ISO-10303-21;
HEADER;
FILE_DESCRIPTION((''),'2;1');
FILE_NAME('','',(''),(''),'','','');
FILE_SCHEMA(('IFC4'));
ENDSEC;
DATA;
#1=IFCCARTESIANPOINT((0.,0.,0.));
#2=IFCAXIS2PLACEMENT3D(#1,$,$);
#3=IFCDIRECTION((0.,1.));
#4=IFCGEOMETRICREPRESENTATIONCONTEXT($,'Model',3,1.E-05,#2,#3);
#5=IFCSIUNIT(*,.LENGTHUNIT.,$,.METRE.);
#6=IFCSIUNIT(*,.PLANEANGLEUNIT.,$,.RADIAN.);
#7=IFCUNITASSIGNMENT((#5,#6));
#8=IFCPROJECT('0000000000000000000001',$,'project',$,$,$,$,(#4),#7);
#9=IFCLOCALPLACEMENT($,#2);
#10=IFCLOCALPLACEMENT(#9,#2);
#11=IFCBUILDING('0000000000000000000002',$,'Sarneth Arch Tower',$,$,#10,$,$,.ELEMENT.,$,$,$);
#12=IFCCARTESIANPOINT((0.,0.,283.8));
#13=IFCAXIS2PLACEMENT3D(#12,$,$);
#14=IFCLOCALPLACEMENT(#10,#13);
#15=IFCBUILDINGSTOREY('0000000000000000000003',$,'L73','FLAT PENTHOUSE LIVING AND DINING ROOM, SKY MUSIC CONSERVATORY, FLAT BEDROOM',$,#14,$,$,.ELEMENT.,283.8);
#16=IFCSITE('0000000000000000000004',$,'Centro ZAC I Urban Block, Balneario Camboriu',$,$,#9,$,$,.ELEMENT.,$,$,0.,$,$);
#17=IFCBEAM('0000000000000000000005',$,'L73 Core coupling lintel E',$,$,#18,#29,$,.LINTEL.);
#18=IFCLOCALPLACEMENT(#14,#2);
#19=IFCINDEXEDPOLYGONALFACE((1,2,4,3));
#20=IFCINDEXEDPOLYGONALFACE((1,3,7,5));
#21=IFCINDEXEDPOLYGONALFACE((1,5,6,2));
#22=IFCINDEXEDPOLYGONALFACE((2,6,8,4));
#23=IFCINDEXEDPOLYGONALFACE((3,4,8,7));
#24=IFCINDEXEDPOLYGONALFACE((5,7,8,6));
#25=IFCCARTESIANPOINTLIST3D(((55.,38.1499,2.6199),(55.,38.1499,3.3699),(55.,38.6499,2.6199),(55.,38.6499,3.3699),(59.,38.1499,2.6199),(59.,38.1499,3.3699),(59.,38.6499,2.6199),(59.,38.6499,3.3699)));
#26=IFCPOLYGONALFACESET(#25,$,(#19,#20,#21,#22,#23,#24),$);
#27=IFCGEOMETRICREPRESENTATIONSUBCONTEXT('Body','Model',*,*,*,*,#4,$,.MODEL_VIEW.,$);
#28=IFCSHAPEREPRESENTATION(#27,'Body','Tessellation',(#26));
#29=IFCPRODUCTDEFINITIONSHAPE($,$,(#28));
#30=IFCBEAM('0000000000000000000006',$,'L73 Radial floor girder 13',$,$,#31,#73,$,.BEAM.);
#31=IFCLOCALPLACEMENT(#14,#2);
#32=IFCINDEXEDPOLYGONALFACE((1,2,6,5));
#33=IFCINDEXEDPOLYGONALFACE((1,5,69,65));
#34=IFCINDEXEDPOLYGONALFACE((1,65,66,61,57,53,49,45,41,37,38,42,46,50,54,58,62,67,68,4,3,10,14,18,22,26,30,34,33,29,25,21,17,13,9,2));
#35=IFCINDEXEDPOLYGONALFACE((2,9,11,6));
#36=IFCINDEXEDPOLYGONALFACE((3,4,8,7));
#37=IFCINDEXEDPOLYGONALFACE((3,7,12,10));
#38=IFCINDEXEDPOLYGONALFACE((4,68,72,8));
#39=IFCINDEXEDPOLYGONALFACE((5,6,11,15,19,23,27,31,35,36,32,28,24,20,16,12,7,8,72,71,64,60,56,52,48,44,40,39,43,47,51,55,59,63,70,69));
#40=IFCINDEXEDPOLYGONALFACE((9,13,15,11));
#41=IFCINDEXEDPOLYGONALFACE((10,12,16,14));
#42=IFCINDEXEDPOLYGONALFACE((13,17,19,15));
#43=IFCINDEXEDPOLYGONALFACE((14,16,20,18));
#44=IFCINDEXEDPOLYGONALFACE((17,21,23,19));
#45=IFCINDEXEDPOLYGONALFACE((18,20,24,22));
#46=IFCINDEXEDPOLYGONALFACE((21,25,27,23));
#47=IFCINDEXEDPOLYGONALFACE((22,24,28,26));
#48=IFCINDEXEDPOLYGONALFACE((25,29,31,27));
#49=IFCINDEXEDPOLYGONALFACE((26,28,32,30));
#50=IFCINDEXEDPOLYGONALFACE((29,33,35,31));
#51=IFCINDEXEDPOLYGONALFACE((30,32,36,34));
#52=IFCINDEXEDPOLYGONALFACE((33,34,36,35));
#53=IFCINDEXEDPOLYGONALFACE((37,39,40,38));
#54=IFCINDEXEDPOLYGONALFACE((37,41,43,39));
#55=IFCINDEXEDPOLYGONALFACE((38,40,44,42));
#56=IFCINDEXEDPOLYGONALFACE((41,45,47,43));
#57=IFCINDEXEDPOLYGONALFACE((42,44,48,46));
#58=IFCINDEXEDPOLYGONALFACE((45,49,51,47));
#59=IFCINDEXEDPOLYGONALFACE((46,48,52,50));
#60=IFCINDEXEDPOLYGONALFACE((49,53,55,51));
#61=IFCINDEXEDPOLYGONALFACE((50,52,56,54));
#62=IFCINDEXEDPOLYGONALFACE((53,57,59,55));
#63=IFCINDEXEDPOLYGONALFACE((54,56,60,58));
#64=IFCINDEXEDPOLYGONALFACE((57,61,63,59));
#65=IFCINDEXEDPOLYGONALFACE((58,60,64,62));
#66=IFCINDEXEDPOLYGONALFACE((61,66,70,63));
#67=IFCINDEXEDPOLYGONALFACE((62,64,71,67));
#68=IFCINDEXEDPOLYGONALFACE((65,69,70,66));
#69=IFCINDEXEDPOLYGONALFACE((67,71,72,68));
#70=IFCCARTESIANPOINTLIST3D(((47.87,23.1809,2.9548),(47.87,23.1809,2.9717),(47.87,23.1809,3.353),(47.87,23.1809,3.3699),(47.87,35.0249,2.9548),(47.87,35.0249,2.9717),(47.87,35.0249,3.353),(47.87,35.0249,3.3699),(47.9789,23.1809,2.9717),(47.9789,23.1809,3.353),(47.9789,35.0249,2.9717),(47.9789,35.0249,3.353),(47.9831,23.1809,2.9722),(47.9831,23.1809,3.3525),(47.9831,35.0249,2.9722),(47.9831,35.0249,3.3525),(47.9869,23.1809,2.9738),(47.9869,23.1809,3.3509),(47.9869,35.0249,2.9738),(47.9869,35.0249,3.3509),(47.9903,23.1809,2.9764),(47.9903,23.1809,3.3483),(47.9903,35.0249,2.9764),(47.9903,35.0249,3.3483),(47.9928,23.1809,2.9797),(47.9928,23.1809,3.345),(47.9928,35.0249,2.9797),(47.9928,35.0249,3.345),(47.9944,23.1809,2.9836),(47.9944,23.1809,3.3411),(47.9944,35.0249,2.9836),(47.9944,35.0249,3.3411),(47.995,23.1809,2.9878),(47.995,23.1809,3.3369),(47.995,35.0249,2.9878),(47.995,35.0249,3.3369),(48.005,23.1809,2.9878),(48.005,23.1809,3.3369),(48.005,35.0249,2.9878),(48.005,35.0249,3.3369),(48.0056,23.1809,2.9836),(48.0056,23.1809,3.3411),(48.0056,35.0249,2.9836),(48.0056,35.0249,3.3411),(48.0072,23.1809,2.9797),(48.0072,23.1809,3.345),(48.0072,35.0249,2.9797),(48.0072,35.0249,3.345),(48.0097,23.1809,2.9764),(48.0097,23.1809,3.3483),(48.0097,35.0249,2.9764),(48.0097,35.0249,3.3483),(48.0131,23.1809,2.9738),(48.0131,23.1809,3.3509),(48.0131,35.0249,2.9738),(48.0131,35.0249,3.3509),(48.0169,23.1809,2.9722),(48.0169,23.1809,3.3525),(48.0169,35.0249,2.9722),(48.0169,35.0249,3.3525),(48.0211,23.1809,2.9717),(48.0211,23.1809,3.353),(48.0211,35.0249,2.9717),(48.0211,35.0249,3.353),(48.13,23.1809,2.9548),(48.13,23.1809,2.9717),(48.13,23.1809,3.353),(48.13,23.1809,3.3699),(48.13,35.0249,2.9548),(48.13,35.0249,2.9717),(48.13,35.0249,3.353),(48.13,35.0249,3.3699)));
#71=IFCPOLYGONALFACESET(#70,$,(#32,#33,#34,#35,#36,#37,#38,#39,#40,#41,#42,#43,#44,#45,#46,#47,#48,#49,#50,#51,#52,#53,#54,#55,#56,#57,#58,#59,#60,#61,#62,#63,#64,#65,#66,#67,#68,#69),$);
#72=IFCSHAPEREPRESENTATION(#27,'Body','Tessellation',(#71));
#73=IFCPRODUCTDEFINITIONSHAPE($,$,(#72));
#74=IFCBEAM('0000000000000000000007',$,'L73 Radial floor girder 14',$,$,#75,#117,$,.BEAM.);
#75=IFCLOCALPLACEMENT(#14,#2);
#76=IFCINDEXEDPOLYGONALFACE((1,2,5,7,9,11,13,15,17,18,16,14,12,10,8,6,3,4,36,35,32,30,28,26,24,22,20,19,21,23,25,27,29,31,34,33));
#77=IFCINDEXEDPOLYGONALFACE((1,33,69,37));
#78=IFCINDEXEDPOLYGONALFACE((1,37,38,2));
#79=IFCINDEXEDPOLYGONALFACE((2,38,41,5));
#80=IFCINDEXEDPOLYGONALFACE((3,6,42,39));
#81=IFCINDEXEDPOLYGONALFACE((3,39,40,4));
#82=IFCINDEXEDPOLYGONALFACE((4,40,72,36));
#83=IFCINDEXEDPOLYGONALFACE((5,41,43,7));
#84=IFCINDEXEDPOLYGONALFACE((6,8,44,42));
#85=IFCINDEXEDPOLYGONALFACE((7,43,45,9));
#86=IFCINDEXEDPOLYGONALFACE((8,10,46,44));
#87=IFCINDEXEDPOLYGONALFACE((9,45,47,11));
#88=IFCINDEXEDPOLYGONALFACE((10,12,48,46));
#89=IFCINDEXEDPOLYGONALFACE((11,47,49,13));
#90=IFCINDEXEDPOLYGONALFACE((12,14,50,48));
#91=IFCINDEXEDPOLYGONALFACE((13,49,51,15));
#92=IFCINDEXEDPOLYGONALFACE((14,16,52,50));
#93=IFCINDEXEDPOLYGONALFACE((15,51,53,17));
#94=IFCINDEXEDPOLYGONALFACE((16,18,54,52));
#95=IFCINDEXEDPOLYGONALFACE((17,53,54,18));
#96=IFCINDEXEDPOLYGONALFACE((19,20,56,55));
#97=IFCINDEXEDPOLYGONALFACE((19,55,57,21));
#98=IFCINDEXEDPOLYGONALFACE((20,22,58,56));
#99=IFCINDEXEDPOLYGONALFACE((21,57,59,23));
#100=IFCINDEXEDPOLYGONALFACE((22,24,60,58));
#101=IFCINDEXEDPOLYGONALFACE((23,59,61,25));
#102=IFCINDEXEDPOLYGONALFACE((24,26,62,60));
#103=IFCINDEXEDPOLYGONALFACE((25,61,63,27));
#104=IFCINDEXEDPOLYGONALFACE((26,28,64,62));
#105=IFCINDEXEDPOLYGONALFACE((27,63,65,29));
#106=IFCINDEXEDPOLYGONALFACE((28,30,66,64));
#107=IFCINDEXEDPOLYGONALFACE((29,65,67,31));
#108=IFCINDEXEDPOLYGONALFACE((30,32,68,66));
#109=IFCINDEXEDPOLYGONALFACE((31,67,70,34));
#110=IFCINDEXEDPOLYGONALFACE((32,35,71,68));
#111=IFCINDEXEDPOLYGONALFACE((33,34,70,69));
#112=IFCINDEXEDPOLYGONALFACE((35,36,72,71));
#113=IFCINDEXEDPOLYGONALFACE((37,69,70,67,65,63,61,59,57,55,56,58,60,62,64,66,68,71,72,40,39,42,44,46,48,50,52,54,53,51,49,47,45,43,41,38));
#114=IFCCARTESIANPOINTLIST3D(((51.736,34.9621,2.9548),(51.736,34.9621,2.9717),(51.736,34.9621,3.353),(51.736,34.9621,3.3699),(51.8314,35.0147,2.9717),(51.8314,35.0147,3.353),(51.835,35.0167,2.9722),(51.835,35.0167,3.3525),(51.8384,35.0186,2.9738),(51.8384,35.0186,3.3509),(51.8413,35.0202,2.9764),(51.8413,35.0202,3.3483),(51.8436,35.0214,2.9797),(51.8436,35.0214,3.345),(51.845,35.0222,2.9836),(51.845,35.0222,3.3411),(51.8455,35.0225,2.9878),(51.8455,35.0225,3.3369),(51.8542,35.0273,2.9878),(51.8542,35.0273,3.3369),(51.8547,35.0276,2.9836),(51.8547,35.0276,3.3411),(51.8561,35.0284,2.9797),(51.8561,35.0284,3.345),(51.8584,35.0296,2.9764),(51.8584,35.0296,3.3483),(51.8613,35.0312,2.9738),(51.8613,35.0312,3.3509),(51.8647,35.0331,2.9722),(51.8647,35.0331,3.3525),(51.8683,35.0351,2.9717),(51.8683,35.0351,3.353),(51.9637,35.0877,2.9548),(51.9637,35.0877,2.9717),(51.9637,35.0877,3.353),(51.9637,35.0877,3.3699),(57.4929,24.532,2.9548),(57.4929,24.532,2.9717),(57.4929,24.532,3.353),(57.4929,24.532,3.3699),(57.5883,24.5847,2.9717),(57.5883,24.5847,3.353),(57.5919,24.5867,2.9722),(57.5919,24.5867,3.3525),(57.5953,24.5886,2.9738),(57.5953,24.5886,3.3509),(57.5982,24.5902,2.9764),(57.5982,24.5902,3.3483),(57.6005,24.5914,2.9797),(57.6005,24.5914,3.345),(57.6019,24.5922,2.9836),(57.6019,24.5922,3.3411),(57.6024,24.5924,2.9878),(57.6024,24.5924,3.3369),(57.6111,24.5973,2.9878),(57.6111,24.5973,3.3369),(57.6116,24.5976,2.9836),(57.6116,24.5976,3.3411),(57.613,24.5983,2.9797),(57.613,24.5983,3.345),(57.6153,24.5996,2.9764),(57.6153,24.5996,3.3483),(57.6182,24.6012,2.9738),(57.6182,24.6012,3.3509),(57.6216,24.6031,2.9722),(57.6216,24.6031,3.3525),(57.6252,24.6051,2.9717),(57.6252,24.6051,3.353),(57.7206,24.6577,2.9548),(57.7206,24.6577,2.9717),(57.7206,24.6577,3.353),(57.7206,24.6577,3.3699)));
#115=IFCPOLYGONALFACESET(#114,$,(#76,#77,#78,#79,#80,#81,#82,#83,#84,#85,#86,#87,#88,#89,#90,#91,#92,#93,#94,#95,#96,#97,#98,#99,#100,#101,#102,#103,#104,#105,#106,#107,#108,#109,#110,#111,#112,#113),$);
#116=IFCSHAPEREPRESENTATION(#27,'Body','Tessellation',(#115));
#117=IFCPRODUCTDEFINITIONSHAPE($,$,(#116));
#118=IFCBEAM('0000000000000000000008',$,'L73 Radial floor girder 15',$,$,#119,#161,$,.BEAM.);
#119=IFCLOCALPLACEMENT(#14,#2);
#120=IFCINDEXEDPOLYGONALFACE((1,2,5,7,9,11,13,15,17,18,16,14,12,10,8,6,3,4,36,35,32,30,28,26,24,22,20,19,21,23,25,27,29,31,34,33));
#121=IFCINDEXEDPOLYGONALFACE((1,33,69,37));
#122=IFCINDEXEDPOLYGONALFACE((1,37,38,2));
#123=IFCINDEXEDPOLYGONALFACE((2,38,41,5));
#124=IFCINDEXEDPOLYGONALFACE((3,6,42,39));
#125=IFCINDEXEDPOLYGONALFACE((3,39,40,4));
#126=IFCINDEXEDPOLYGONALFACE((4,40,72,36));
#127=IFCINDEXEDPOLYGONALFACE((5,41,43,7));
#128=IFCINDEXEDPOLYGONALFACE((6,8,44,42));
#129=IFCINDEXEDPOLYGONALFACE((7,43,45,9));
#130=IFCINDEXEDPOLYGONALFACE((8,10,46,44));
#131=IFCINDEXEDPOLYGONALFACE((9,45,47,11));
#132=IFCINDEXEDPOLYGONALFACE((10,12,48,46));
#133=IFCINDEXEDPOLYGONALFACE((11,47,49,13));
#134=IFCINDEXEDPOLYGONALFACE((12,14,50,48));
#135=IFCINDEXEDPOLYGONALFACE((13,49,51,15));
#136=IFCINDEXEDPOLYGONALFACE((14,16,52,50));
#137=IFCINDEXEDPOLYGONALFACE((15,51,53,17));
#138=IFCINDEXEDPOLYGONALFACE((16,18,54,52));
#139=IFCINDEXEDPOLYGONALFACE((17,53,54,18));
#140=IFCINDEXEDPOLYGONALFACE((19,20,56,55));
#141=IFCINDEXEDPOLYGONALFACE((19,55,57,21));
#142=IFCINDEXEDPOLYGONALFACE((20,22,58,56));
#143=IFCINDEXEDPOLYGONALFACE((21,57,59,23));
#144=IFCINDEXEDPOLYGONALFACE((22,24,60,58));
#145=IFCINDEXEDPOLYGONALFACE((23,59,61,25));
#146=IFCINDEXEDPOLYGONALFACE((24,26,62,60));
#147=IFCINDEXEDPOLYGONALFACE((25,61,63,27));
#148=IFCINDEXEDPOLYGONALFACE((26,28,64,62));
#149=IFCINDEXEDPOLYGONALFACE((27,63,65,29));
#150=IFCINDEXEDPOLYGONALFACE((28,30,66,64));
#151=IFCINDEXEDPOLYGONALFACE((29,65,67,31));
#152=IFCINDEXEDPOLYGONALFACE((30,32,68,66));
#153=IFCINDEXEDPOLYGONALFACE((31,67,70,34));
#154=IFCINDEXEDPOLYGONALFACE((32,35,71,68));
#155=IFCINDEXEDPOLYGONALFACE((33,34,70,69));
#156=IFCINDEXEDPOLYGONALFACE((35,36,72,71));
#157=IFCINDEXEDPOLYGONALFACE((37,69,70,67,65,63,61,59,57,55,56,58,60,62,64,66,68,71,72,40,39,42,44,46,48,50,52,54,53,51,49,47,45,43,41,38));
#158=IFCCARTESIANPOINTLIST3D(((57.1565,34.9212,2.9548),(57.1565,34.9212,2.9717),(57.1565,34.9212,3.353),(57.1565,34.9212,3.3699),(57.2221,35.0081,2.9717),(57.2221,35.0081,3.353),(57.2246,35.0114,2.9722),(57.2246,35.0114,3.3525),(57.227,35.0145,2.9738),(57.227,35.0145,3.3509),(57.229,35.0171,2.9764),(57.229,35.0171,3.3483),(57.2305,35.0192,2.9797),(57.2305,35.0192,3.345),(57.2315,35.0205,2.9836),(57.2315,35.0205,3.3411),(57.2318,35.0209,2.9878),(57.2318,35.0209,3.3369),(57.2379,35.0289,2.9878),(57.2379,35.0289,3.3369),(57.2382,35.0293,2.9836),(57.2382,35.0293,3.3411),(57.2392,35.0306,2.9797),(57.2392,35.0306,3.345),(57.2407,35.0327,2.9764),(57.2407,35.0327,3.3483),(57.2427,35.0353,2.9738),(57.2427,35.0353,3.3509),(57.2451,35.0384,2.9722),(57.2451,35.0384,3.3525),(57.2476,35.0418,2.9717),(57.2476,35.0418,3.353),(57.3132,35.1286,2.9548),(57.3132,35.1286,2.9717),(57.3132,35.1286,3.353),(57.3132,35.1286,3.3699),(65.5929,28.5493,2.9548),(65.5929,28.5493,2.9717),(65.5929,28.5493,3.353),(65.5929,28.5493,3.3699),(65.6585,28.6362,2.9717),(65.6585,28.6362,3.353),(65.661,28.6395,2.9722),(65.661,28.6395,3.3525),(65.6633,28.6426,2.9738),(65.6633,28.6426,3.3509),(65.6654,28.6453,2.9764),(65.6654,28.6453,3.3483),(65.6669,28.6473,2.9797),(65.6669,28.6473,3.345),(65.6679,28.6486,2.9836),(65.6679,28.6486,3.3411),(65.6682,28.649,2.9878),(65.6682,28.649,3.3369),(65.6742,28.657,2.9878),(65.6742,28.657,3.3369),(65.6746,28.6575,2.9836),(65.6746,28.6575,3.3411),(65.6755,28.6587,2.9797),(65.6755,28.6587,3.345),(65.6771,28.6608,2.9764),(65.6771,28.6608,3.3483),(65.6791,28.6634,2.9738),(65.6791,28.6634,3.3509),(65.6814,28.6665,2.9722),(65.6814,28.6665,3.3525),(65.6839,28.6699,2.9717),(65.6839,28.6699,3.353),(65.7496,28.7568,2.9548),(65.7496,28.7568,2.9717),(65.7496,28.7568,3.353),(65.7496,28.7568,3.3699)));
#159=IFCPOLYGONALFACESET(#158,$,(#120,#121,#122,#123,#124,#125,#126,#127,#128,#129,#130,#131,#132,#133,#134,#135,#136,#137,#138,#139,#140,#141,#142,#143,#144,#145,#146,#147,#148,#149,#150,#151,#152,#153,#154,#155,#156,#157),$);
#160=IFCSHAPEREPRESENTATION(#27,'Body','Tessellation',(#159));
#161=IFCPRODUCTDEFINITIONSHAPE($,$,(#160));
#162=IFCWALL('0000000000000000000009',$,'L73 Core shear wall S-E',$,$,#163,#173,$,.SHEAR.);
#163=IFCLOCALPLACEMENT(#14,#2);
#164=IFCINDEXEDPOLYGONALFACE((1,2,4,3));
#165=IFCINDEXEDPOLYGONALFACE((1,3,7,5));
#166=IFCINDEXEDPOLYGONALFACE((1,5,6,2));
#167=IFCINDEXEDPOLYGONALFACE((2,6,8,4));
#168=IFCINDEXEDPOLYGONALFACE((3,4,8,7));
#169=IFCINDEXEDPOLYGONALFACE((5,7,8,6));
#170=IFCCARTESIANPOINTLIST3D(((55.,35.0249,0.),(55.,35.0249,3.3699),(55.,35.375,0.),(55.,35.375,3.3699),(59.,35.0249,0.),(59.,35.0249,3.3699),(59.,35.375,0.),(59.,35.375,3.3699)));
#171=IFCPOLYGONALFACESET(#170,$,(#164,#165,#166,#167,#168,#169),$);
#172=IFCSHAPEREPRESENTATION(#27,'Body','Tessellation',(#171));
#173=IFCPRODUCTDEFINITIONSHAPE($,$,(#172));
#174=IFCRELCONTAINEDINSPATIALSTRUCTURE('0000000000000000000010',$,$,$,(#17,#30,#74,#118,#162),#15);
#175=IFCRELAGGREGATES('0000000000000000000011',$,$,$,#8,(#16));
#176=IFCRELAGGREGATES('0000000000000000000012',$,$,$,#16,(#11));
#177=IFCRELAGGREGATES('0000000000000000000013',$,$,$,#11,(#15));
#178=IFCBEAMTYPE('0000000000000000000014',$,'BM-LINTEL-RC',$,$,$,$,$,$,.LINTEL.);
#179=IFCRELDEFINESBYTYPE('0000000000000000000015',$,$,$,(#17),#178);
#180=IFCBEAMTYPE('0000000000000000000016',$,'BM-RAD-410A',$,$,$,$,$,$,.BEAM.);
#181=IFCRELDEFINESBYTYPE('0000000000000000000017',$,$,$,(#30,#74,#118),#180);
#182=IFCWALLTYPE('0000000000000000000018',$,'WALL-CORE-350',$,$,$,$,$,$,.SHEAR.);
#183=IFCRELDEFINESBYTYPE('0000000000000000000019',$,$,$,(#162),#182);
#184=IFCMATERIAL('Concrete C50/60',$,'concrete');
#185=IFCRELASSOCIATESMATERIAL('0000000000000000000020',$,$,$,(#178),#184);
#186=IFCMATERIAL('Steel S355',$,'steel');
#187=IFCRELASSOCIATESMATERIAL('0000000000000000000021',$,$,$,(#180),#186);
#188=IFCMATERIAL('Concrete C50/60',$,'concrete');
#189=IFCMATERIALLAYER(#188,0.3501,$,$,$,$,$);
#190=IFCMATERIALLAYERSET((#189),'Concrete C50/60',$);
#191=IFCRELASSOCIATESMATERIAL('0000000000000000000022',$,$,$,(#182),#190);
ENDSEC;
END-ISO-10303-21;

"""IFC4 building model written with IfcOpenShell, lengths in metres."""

from ifc_helpers import new_model, si_unit, direction, frame, frame_2d, origin, origin_2d, place, context, subcontext, project, spatial, rectangle, i_section, extrude, material, layer, layer_set, material_profile, profile_set, type_object, element, save


model = new_model("IFC4")

# Units and contexts
model_context = context("Model", 3, precision=1e-05, world=origin(), true_north=direction((0.0, 1.0)))
body_context = subcontext(model_context, "Body", "Model", "MODEL_VIEW")
ifc_project = project(units=[si_unit("LENGTHUNIT", "METRE"), si_unit("PLANEANGLEUNIT", "RADIAN")], contexts=[model_context])

# Site, building, storey
site_placement = place(None, origin())
site = spatial("IfcSite", under=ifc_project, at=site_placement, Name="Centro ZAC I Urban Block, Balneario Camboriu", CompositionType="ELEMENT", RefElevation=0.0)
building_placement = place(site_placement, origin())
building = spatial("IfcBuilding", under=site, at=building_placement, Name="Sarneth Arch Tower", CompositionType="ELEMENT")
storey_placement = place(building_placement, frame((0.0, 0.0, 283.8)))
storey = spatial("IfcBuildingStorey", under=building, at=storey_placement, Name="L73", Description="FLAT PENTHOUSE LIVING AND DINING ROOM, SKY MUSIC CONSERVATORY, FLAT BEDROOM", CompositionType="ELEMENT", Elevation=283.8)

# Beams
ifc_material_1 = material(Name="Concrete C50/60", Category="concrete")
ifc_material_profile_1 = material_profile(ifc_material_1, rectangle(XDim=0.5, YDim=0.75, at=origin_2d()), Name="RC-500x750")
ifc_profile_set_1 = profile_set([ifc_material_profile_1], Name="Concrete C50/60")
beam_type_1 = type_object("IfcBeamType", Name="BM-LINTEL-RC", PredefinedType="LINTEL", material=ifc_profile_set_1)
beam_1_placement = place(storey_placement, frame((55.0, 38.3999, 2.9949), z_axis=(1.0, 0.0, 0.0), x_axis=(0.0, 1.0, 0.0)))
element("IfcBeam", 1, at=beam_1_placement, inside=storey, type_object=beam_type_1, Name="L73 Core coupling lintel E", PredefinedType="LINTEL", context=body_context, shape_type="SweptSolid", body=[
    extrude(rectangle(XDim=0.5, YDim=0.75, at=origin_2d()), origin(), (0.0, 0.0, 1.0), 4.0),
])
ifc_material_2 = material(Name="Steel S355", Category="steel")
ifc_material_profile_2 = material_profile(ifc_material_2, i_section(OverallWidth=0.26, OverallDepth=0.415, WebThickness=0.01, FlangeThickness=0.0168, FilletRadius=0.0161, at=origin_2d()), Name="W410x100")
ifc_profile_set_2 = profile_set([ifc_material_profile_2], Name="Steel S355")
beam_type_2 = type_object("IfcBeamType", Name="BM-RAD-410A", PredefinedType="BEAM", material=ifc_profile_set_2)
beam_2_placement = place(storey_placement, frame((48.0, 35.0249, 3.1624), z_axis=(0.0, -1.0, 0.0), x_axis=(1.0, 0.0, 0.0)))
element("IfcBeam", 2, at=beam_2_placement, inside=storey, type_object=beam_type_2, Name="L73 Radial floor girder 13", PredefinedType="BEAM", context=body_context, shape_type="SweptSolid", body=[
    extrude(i_section(OverallWidth=0.26, OverallDepth=0.415, WebThickness=0.01, FlangeThickness=0.0168, FilletRadius=0.0161, at=origin_2d()), origin(), (0.0, 0.0, 1.0), 11.844),
])
beam_3_placement = place(storey_placement, frame((51.8499, 35.0249, 3.1624), z_axis=(0.483231, -0.875493, 0.0), x_axis=(0.875493, 0.483231, 0.0)))
element("IfcBeam", 3, at=beam_3_placement, inside=storey, type_object=beam_type_2, Name="L73 Radial floor girder 14", PredefinedType="BEAM", context=body_context, shape_type="SweptSolid", body=[
    extrude(i_section(OverallWidth=0.26, OverallDepth=0.415, WebThickness=0.01, FlangeThickness=0.0168, FilletRadius=0.0161, at=origin_2d()), origin(), (0.0, 0.0, 1.0), 11.9133),
])
beam_4_placement = place(storey_placement, frame((57.2349, 35.0249, 3.1624), z_axis=(0.79797, -0.602698, 0.0), x_axis=(0.602698, 0.79797, 0.0)))
element("IfcBeam", 4, at=beam_4_placement, inside=storey, type_object=beam_type_2, Name="L73 Radial floor girder 15", PredefinedType="BEAM", context=body_context, shape_type="SweptSolid", body=[
    extrude(i_section(OverallWidth=0.26, OverallDepth=0.415, WebThickness=0.01, FlangeThickness=0.0168, FilletRadius=0.0161, at=origin_2d()), origin(), (0.0, 0.0, 1.0), 10.5723),
])

# Wall
ifc_material_3 = material(Name="Concrete C50/60", Category="concrete")
ifc_layer_1 = layer(ifc_material_3, 0.3501)
ifc_layer_set_1 = layer_set([ifc_layer_1], Name="Concrete C50/60")
wall_type_1 = type_object("IfcWallType", Name="WALL-CORE-350", PredefinedType="SHEAR", material=ifc_layer_set_1)
wall_1_placement = place(storey_placement, frame((55.0, 35.2, 0.0), z_axis=(0.0, 0.0, 1.0), x_axis=(1.0, 0.0, 0.0)))
element("IfcWall", 5, at=wall_1_placement, inside=storey, type_object=wall_type_1, Name="L73 Core shear wall S-E", PredefinedType="SHEAR", context=body_context, shape_type="SweptSolid", body=[
    extrude(rectangle(XDim=4.0, YDim=0.3501, at=frame_2d((2.0, 0.0))), origin(), (0.0, 0.0, 1.0), 3.3699),
])

save(model, "model.ifc")
